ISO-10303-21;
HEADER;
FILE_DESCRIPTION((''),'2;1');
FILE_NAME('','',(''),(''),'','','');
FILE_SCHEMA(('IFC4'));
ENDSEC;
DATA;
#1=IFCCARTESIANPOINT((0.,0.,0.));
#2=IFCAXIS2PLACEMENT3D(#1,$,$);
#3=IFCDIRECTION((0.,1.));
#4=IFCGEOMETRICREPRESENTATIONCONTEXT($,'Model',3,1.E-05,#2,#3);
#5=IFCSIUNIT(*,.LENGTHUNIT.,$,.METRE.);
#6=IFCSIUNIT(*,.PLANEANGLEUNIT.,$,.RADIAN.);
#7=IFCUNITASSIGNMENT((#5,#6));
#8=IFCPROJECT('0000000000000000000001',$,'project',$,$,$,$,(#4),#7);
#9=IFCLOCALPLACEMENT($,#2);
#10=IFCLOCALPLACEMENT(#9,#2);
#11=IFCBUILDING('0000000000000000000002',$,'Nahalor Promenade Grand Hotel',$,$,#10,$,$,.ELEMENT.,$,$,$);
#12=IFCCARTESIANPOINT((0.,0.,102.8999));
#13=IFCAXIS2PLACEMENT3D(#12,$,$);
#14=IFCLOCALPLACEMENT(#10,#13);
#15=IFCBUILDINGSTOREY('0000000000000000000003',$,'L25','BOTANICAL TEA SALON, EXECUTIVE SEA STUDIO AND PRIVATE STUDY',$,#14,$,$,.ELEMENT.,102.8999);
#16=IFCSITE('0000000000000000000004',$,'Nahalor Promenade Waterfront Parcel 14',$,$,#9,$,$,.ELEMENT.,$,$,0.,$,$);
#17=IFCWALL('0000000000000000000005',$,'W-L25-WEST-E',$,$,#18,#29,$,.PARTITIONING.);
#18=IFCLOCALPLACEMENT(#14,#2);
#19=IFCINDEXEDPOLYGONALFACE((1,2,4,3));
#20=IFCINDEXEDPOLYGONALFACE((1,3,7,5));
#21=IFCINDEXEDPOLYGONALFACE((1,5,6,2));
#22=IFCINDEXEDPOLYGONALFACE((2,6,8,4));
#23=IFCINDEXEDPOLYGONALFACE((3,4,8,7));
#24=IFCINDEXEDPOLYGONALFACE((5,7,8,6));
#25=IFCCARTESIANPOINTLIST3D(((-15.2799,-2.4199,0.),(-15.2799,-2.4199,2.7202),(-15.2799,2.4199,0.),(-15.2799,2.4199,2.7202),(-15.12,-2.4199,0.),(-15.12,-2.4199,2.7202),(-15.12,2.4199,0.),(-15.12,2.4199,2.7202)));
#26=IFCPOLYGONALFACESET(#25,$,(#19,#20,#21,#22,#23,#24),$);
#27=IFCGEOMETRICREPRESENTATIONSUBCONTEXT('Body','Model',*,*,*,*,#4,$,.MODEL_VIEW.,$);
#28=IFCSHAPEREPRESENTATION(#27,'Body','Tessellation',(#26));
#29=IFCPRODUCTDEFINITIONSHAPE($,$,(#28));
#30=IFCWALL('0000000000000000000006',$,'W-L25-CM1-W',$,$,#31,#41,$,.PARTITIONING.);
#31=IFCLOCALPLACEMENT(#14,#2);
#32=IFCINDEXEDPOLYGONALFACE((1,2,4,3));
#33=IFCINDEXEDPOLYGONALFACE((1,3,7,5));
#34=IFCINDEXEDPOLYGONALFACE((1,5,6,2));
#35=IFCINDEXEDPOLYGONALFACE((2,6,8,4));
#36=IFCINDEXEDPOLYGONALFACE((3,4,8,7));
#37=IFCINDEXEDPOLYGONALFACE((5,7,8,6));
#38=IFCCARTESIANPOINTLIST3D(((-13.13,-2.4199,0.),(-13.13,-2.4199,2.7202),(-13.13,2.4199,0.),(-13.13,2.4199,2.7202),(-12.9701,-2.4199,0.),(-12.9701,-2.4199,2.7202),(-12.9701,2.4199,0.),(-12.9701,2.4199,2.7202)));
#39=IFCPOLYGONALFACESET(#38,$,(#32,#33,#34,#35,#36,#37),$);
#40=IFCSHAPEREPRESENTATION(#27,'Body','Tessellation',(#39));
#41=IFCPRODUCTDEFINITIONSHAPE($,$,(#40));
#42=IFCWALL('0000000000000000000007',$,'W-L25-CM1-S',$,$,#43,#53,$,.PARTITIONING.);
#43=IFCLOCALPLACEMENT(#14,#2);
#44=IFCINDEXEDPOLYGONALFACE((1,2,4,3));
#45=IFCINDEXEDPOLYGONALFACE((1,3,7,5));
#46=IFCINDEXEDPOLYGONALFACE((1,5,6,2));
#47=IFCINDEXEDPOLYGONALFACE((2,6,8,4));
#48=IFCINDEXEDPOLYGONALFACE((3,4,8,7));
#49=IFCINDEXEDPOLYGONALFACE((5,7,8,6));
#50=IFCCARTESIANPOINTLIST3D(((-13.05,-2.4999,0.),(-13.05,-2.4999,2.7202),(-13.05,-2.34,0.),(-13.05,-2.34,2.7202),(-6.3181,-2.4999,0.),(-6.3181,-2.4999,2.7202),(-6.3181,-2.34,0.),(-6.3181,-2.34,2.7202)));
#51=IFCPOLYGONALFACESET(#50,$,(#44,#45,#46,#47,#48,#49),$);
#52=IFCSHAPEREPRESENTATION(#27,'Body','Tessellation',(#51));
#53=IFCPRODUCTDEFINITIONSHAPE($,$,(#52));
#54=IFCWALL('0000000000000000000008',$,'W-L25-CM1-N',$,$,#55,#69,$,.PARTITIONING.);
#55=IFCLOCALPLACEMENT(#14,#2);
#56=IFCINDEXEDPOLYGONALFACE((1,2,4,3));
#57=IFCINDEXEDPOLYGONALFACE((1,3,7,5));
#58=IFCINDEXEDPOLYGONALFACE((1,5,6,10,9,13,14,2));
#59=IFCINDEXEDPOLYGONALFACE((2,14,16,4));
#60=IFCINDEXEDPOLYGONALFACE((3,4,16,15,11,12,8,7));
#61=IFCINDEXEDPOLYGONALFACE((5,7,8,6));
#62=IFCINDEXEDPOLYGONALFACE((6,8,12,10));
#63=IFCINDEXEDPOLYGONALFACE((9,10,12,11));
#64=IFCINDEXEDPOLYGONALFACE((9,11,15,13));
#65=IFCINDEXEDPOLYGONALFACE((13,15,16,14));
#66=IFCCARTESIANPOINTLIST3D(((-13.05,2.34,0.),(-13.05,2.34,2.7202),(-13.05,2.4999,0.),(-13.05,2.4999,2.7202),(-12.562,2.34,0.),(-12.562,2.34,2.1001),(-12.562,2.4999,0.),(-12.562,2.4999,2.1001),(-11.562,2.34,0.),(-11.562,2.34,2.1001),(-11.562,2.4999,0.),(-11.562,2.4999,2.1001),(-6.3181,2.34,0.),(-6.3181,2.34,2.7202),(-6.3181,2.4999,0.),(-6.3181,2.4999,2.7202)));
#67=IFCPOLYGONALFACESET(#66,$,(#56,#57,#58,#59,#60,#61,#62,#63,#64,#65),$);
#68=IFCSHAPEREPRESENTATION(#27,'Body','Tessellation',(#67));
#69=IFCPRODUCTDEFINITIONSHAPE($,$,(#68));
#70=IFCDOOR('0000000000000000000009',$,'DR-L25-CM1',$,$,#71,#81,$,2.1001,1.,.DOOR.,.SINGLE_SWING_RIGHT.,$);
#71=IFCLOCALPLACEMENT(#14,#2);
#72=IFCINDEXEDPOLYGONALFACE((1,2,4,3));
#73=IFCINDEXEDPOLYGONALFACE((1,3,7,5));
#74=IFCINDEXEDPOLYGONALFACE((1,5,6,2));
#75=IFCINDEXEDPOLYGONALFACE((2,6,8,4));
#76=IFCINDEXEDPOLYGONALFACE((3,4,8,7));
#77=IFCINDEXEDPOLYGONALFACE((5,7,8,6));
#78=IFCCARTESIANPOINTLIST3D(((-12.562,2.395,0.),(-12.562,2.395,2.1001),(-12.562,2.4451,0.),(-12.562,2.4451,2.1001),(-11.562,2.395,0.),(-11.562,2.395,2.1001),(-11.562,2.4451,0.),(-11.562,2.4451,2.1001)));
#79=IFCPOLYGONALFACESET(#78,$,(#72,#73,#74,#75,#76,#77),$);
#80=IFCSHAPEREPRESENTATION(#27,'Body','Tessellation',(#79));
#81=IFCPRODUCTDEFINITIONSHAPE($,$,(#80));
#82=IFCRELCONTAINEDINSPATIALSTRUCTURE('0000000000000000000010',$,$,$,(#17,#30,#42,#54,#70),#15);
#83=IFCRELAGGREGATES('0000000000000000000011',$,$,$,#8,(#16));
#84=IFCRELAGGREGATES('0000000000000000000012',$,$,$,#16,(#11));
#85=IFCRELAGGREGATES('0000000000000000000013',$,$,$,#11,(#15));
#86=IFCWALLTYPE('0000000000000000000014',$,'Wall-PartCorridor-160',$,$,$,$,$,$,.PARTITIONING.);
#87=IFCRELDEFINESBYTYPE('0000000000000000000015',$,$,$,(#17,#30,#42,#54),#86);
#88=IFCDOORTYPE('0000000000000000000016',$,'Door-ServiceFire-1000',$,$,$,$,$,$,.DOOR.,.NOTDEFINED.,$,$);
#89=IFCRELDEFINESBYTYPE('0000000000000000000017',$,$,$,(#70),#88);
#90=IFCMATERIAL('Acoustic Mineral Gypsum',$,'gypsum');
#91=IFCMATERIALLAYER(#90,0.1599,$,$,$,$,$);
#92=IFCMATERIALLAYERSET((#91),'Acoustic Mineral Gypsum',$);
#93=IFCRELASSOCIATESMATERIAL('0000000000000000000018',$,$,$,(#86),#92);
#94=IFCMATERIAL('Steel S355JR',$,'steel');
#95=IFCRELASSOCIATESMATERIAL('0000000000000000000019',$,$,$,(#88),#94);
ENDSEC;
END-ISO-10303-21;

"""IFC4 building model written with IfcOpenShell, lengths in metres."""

from ifc_helpers import new_model, si_unit, direction, frame, frame_2d, origin, place, context, subcontext, project, spatial, rectangle, extrude, source, transform, mapped, material, layer, layer_set, type_object, element, fill, save


model = new_model("IFC4")

# Units and contexts
model_context = context("Model", 3, precision=1e-05, world=origin(), true_north=direction((0.0, 1.0)))
body_context = subcontext(model_context, "Body", "Model", "MODEL_VIEW")
ifc_project = project(units=[si_unit("LENGTHUNIT", "METRE"), si_unit("PLANEANGLEUNIT", "RADIAN")], contexts=[model_context])

# Site, building, storey
site_placement = place(None, origin())
site = spatial("IfcSite", under=ifc_project, at=site_placement, Name="Nahalor Promenade Waterfront Parcel 14", CompositionType="ELEMENT", RefElevation=0.0)
building_placement = place(site_placement, origin())
building = spatial("IfcBuilding", under=site, at=building_placement, Name="Nahalor Promenade Grand Hotel", CompositionType="ELEMENT")
storey_placement = place(building_placement, frame((0.0, 0.0, 102.8999)))
storey = spatial("IfcBuildingStorey", under=building, at=storey_placement, Name="L25", Description="BOTANICAL TEA SALON, EXECUTIVE SEA STUDIO AND PRIVATE STUDY", CompositionType="ELEMENT", Elevation=102.8999)

# Shared definitions
ifc_material_1 = material(Name="Steel S355JR", Category="steel")

# Shared definitions
ifc_material_2 = material(Name="Acoustic Mineral Gypsum", Category="gypsum")
ifc_layer_1 = layer(ifc_material_2, 0.1599)
ifc_layer_set_1 = layer_set([ifc_layer_1], Name="Acoustic Mineral Gypsum")
wall_type_1 = type_object("IfcWallType", Name="Wall-PartCorridor-160", PredefinedType="PARTITIONING", material=ifc_layer_set_1)

# Walls
shared_shape_1 = source(origin(), body_context, "Body", "SweptSolid", [
    extrude(rectangle(XDim=4.8398, YDim=0.1599, at=frame_2d((2.4199, 0.0))), origin(), (0.0, 0.0, 1.0), 2.7202),
])
for number, where, z_axis, x_axis, name in (
    (1, (-15.2, -2.4199, 0.0), (0.0, 0.0, 1.0), (0.0, 1.0, 0.0), "W-L25-WEST-E"),
    (2, (-13.05, -2.4199, 0.0), (0.0, 0.0, 1.0), (0.0, 1.0, 0.0), "W-L25-CM1-W"),
):
    element("IfcWall", number, at=place(storey_placement, frame(where, z_axis=z_axis, x_axis=x_axis)), inside=storey, type_object=wall_type_1, Name=name, PredefinedType="PARTITIONING", context=body_context, shape_type="MappedRepresentation", body=[
        mapped(shared_shape_1, transform((0.0, 0.0, 0.0), scale=1.0)),
    ])
shared_shape_2 = source(origin(), body_context, "Body", "SweptSolid", [
    extrude(rectangle(XDim=6.7319, YDim=0.1599, at=frame_2d((3.366, 0.0))), origin(), (0.0, 0.0, 1.0), 2.7202),
])
wall_1_placement = place(storey_placement, frame((-13.05, -2.4199, 0.0), z_axis=(0.0, 0.0, 1.0), x_axis=(1.0, 0.0, 0.0)))
element("IfcWall", 3, at=wall_1_placement, inside=storey, type_object=wall_type_1, Name="W-L25-CM1-S", PredefinedType="PARTITIONING", context=body_context, shape_type="MappedRepresentation", body=[
    mapped(shared_shape_2, transform((0.0, 0.0, 0.0), scale=1.0)),
])

# Wall, opening, door
wall_2_placement = place(storey_placement, frame((-13.05, 2.4199, 0.0), z_axis=(0.0, 0.0, 1.0), x_axis=(1.0, 0.0, 0.0)))
wall_2 = element("IfcWall", 4, at=wall_2_placement, inside=storey, type_object=wall_type_1, Name="W-L25-CM1-N", PredefinedType="PARTITIONING", context=body_context, shape_type="MappedRepresentation", body=[
    mapped(shared_shape_2, transform((0.0, 0.0, 0.0), scale=1.0)),
])
opening_1_placement = place(wall_2_placement, frame((0.488, 0.0, 0.0)))
opening_1 = element("IfcOpeningElement", 5, at=opening_1_placement, cuts=wall_2, PredefinedType="OPENING", context=body_context, shape_type="SweptSolid", body=[
    extrude(rectangle(XDim=1.0, YDim=2.1001, at=frame_2d((0.5, 1.05))), frame((0.0, 0.0898, 0.0), z_axis=(0.0, -1.0, 0.0), x_axis=(1.0, 0.0, 0.0)), (0.0, 0.0, 1.0), 0.1799),
])
door_type_1 = type_object("IfcDoorType", Name="Door-ServiceFire-1000", OperationType="NOTDEFINED", PredefinedType="DOOR", material=ifc_material_1)
shared_shape_3 = source(origin(), body_context, "Body", "SweptSolid", [
    extrude(rectangle(XDim=1.0, YDim=2.1001, at=frame_2d((0.5, 1.05))), frame((0.0, 0.0249, 0.0), z_axis=(0.0, -1.0, 0.0), x_axis=(1.0, 0.0, 0.0)), (0.0, 0.0, 1.0), 0.05),
])
door_1_placement = place(opening_1_placement, frame((1.0, 0.0, 0.0), z_axis=(0.0, 0.0, 1.0), x_axis=(-1.0, 0.0, 0.0)))
door_1 = element("IfcDoor", 6, at=door_1_placement, inside=storey, type_object=door_type_1, Name="DR-L25-CM1", OperationType="SINGLE_SWING_RIGHT", OverallHeight=2.1001, OverallWidth=1.0, PredefinedType="DOOR", context=body_context, shape_type="MappedRepresentation", body=[
    mapped(shared_shape_3, transform((0.0, 0.0, 0.0), scale=1.0)),
])
fill(opening_1, door_1)

save(model, "model.ifc")
